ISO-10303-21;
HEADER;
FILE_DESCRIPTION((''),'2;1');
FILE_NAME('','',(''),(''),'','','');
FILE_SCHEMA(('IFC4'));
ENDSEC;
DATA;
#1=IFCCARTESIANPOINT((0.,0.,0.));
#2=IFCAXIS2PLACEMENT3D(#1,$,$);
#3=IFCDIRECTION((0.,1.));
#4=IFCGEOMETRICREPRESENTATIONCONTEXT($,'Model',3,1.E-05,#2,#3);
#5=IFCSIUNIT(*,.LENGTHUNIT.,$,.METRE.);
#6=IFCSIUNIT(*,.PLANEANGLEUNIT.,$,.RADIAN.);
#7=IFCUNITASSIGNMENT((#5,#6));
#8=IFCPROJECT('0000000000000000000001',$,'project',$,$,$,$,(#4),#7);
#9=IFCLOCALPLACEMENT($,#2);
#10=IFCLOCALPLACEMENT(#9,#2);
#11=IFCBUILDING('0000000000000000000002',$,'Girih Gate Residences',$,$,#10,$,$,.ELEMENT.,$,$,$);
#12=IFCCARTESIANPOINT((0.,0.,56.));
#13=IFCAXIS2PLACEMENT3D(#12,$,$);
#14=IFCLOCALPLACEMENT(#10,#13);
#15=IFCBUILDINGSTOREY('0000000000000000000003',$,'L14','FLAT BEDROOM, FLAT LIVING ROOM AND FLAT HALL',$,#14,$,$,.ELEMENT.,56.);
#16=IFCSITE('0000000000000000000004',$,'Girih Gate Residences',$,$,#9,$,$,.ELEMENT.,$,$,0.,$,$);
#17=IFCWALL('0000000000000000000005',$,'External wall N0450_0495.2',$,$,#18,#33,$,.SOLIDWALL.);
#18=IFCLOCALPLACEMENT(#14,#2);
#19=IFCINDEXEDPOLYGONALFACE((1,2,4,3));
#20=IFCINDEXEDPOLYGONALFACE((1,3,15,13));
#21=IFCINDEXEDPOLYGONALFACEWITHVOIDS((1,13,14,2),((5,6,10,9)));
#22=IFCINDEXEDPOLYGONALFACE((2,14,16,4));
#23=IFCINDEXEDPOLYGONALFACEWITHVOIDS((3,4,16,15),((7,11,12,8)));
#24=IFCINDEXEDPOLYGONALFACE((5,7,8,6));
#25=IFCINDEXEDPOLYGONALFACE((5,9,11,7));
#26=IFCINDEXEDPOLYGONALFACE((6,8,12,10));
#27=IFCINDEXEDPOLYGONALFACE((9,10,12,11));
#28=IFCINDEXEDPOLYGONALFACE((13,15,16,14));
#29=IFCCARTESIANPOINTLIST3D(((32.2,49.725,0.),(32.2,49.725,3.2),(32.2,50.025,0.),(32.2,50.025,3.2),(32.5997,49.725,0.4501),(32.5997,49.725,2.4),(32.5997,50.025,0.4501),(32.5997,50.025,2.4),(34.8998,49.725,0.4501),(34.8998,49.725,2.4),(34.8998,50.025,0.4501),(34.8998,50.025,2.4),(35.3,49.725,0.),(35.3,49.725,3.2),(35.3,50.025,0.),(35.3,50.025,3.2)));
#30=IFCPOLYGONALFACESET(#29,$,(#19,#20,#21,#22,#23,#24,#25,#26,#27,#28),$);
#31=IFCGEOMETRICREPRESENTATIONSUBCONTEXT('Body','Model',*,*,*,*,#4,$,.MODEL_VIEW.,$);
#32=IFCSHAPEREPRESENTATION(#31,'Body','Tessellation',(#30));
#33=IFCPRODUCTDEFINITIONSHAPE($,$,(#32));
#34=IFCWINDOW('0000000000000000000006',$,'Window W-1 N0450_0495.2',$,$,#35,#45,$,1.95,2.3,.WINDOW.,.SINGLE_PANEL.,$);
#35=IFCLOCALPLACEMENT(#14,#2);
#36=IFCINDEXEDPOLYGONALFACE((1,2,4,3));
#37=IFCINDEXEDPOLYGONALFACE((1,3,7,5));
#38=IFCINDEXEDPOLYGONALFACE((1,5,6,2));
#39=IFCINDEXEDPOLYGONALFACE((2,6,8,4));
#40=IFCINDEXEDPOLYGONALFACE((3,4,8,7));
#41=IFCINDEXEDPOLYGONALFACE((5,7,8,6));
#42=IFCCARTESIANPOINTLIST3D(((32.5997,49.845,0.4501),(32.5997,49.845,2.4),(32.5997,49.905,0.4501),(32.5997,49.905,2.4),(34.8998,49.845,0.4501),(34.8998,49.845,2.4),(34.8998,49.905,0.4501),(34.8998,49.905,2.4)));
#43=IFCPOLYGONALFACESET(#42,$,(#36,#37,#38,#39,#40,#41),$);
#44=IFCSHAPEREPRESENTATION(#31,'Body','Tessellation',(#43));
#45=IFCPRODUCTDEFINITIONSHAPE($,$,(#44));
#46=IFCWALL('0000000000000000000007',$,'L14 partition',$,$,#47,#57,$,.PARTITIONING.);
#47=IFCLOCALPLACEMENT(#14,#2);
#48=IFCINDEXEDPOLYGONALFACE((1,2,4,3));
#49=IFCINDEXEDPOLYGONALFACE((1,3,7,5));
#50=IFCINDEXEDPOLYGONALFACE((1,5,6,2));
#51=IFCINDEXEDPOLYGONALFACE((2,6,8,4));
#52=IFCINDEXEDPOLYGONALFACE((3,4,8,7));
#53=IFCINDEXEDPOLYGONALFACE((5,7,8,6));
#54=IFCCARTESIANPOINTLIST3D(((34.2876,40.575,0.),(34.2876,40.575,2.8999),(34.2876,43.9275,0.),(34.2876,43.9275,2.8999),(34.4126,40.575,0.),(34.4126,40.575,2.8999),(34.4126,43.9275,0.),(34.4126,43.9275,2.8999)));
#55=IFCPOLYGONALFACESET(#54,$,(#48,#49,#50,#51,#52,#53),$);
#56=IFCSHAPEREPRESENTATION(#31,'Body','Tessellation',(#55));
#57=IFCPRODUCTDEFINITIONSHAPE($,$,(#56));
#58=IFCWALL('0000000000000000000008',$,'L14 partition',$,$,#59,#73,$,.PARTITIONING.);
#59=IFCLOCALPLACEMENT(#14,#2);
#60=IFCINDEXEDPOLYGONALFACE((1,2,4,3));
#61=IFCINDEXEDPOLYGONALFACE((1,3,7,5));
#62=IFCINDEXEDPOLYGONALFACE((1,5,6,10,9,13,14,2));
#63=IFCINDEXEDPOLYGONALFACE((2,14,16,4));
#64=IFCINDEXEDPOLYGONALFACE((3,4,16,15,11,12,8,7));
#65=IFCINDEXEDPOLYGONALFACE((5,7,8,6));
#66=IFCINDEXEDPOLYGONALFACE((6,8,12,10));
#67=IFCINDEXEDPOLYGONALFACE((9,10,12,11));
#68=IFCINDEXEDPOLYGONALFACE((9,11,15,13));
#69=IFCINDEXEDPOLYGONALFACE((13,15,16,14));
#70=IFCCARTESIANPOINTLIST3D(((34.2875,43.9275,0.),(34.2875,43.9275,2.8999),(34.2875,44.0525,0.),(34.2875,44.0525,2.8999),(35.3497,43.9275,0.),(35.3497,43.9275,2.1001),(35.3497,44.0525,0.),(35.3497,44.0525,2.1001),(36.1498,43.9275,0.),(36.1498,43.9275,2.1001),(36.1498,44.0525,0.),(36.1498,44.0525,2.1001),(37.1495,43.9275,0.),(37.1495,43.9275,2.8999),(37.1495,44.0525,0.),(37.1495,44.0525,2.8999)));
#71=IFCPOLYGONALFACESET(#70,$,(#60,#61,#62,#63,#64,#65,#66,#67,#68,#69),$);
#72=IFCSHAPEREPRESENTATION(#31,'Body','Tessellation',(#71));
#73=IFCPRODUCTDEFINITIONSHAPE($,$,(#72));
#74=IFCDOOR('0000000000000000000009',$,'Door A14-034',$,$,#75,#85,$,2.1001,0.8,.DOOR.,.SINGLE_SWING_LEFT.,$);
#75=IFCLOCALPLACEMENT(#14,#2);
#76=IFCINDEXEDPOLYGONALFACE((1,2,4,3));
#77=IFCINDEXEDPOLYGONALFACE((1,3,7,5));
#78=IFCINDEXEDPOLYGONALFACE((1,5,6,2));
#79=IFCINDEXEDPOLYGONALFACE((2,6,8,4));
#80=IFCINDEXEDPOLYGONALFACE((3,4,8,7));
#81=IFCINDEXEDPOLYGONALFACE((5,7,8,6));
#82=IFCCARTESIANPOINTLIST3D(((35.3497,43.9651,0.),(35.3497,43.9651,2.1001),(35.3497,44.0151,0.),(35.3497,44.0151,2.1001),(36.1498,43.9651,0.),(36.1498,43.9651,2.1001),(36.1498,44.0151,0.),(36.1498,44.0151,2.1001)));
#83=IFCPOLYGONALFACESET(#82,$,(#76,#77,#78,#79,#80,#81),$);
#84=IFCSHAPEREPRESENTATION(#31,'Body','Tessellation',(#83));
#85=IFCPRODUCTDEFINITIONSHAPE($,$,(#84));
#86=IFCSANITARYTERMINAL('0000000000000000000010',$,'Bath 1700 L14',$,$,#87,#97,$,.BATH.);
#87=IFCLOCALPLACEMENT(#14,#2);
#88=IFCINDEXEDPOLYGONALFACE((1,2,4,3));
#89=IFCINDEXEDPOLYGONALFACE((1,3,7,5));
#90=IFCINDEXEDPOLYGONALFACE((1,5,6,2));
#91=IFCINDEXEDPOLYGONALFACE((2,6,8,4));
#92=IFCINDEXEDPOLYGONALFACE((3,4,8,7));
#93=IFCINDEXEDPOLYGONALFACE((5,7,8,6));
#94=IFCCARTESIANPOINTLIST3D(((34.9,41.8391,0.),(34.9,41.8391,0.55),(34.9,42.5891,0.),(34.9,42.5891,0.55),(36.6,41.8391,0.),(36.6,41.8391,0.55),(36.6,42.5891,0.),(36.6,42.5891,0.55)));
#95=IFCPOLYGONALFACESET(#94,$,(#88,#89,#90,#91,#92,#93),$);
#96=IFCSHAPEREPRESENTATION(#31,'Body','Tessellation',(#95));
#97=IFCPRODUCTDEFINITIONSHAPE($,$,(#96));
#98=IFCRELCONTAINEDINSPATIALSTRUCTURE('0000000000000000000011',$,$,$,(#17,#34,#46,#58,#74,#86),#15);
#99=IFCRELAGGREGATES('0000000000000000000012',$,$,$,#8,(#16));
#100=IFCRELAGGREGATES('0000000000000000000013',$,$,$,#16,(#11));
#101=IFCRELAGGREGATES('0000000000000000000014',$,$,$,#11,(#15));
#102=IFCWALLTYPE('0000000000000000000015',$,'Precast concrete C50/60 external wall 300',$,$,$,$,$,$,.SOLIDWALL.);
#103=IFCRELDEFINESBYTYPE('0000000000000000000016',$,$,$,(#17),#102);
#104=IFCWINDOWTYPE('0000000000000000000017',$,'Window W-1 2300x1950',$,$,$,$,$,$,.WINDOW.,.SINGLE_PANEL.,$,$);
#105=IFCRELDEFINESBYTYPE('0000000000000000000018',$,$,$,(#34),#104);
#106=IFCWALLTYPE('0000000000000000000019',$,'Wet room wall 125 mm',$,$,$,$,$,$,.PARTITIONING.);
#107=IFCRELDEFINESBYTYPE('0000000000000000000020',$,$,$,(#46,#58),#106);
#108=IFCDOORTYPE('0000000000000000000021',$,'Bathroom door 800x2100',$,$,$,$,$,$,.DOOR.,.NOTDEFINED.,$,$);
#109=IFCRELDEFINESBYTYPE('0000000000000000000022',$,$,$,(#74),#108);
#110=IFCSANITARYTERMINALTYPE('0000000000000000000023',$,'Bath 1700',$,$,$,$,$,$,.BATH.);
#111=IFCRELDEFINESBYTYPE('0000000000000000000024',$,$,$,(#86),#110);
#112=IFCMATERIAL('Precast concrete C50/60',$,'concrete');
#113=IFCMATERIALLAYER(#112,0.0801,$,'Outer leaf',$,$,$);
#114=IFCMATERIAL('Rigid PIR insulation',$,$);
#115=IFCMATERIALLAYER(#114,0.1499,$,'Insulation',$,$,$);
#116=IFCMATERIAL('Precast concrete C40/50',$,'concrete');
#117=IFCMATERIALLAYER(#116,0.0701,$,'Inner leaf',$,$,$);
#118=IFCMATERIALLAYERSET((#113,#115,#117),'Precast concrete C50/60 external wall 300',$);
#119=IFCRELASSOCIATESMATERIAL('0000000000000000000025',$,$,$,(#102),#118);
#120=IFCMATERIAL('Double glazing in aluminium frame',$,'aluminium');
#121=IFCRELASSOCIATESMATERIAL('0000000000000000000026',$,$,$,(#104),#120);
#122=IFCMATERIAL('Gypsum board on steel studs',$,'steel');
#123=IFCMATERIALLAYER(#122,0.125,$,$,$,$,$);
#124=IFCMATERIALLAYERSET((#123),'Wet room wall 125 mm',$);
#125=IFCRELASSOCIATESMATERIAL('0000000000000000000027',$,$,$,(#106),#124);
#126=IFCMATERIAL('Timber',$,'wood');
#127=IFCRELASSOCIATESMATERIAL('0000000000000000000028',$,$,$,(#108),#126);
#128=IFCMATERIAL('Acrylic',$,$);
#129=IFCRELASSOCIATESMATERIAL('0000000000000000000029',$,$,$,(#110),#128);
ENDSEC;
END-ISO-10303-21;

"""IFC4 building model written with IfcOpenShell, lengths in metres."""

from ifc_helpers import new_model, si_unit, direction, frame, frame_2d, origin, origin_2d, place, context, subcontext, project, spatial, rectangle, extrude, material, layer, layer_set, type_object, element, fill, save


model = new_model("IFC4")

# Units and contexts
model_context = context("Model", 3, precision=1e-05, world=origin(), true_north=direction((0.0, 1.0)))
body_context = subcontext(model_context, "Body", "Model", "MODEL_VIEW")
ifc_project = project(units=[si_unit("LENGTHUNIT", "METRE"), si_unit("PLANEANGLEUNIT", "RADIAN")], contexts=[model_context])

# Site, building, storey
site_placement = place(None, origin())
site = spatial("IfcSite", under=ifc_project, at=site_placement, Name="Girih Gate Residences", CompositionType="ELEMENT", RefElevation=0.0)
building_placement = place(site_placement, origin())
building = spatial("IfcBuilding", under=site, at=building_placement, Name="Girih Gate Residences", CompositionType="ELEMENT")
storey_placement = place(building_placement, frame((0.0, 0.0, 56.0)))
storey = spatial("IfcBuildingStorey", under=building, at=storey_placement, Name="L14", Description="FLAT BEDROOM, FLAT LIVING ROOM AND FLAT HALL", CompositionType="ELEMENT", Elevation=56.0)

# Shared definitions
ifc_material_1 = material(Name="Gypsum board on steel studs", Category="steel")
ifc_material_2 = material(Name="Timber", Category="wood")

# Wall, opening, window
ifc_material_3 = material(Name="Precast concrete C50/60", Category="concrete")
ifc_layer_1 = layer(ifc_material_3, 0.0801, Name="Outer leaf")
ifc_material_4 = material(Name="Rigid PIR insulation")
ifc_layer_2 = layer(ifc_material_4, 0.1499, Name="Insulation")
ifc_material_5 = material(Name="Precast concrete C40/50", Category="concrete")
ifc_layer_3 = layer(ifc_material_5, 0.0701, Name="Inner leaf")
ifc_layer_set_1 = layer_set([ifc_layer_1, ifc_layer_2, ifc_layer_3], Name="Precast concrete C50/60 external wall 300")
wall_type_1 = type_object("IfcWallType", Name="Precast concrete C50/60 external wall 300", PredefinedType="SOLIDWALL", material=ifc_layer_set_1)
ifc_material_6 = material(Name="Double glazing in aluminium frame", Category="aluminium")
window_type = type_object("IfcWindowType", Name="Window W-1 2300x1950", PartitioningType="SINGLE_PANEL", PredefinedType="WINDOW", material=ifc_material_6)
wall_1_placement = place(storey_placement, frame((32.2, 49.875, 0.0), z_axis=(0.0, 0.0, 1.0), x_axis=(1.0, 0.0, 0.0)))
wall_1 = element("IfcWall", 1, at=wall_1_placement, inside=storey, type_object=wall_type_1, Name="External wall N0450_0495.2", PredefinedType="SOLIDWALL", context=body_context, shape_type="SweptSolid", body=[
    extrude(rectangle(XDim=3.1001, YDim=0.3, at=frame_2d((1.55, 0.0))), origin(), (0.0, 0.0, 1.0), 3.2),
])
opening_1_placement = place(wall_1_placement, frame((0.3999, 0.0, 0.45)))
opening_1 = element("IfcOpeningElement", 2, at=opening_1_placement, cuts=wall_1, PredefinedType="OPENING", context=body_context, shape_type="SweptSolid", body=[
    extrude(rectangle(XDim=2.3, YDim=1.95, at=frame_2d((1.1499, 0.9751))), frame((0.0, 0.1599, 0.0), z_axis=(0.0, -1.0, 0.0), x_axis=(1.0, 0.0, 0.0)), (0.0, 0.0, 1.0), 0.3201),
])
window_1_placement = place(opening_1_placement, origin())
window_1 = element("IfcWindow", 3, at=window_1_placement, inside=storey, type_object=window_type, Name="Window W-1 N0450_0495.2", OverallHeight=1.95, OverallWidth=2.3, PartitioningType="SINGLE_PANEL", PredefinedType="WINDOW", context=body_context, shape_type="SweptSolid", body=[
    extrude(rectangle(XDim=2.3, YDim=1.95, at=frame_2d((1.1499, 0.9751))), frame((0.0, 0.03, 0.0), z_axis=(0.0, -1.0, 0.0), x_axis=(1.0, 0.0, 0.0)), (0.0, 0.0, 1.0), 0.0601),
])
fill(opening_1, window_1)

# Wall
ifc_layer_4 = layer(ifc_material_1, 0.125)
ifc_layer_set_2 = layer_set([ifc_layer_4], Name="Wet room wall 125 mm")
wall_type_2 = type_object("IfcWallType", Name="Wet room wall 125 mm", PredefinedType="PARTITIONING", material=ifc_layer_set_2)
wall_2_placement = place(storey_placement, frame((34.3501, 40.575, 0.0), z_axis=(0.0, 0.0, 1.0), x_axis=(0.0, 1.0, 0.0)))
element("IfcWall", 4, at=wall_2_placement, inside=storey, type_object=wall_type_2, Name="L14 partition", PredefinedType="PARTITIONING", context=body_context, shape_type="SweptSolid", body=[
    extrude(rectangle(XDim=3.3525, YDim=0.125, at=frame_2d((1.6763, 0.0))), origin(), (0.0, 0.0, 1.0), 2.8999),
])

# Wall, opening, door
wall_3_placement = place(storey_placement, frame((37.1497, 43.99, 0.0), z_axis=(0.0, 0.0, 1.0), x_axis=(-1.0, 0.0, 0.0)))
wall_3 = element("IfcWall", 5, at=wall_3_placement, inside=storey, type_object=wall_type_2, Name="L14 partition", PredefinedType="PARTITIONING", context=body_context, shape_type="SweptSolid", body=[
    extrude(rectangle(XDim=2.8621, YDim=0.125, at=frame_2d((1.4312, 0.0))), origin(), (0.0, 0.0, 1.0), 2.8999),
])
opening_2_placement = place(wall_3_placement, frame((1.0, 0.0, 0.0)))
opening_2 = element("IfcOpeningElement", 6, at=opening_2_placement, cuts=wall_3, PredefinedType="OPENING", context=body_context, shape_type="SweptSolid", body=[
    extrude(rectangle(XDim=0.8, YDim=2.1001, at=frame_2d((0.3999, 1.05))), frame((0.0, 0.0725, 0.0), z_axis=(0.0, -1.0, 0.0), x_axis=(1.0, 0.0, 0.0)), (0.0, 0.0, 1.0), 0.145),
])
door_type_1 = type_object("IfcDoorType", Name="Bathroom door 800x2100", OperationType="NOTDEFINED", PredefinedType="DOOR", material=ifc_material_2)
door_1_placement = place(opening_2_placement, origin())
door_1 = element("IfcDoor", 7, at=door_1_placement, inside=storey, type_object=door_type_1, Name="Door A14-034", OperationType="SINGLE_SWING_LEFT", OverallHeight=2.1001, OverallWidth=0.8, PredefinedType="DOOR", context=body_context, shape_type="SweptSolid", body=[
    extrude(rectangle(XDim=0.8, YDim=2.1001, at=frame_2d((0.3999, 1.05))), frame((0.0, 0.0249, 0.0), z_axis=(0.0, -1.0, 0.0), x_axis=(1.0, 0.0, 0.0)), (0.0, 0.0, 1.0), 0.05),
])
fill(opening_2, door_1)

# Sanitary terminal
ifc_material_7 = material(Name="Acrylic")
sanitary_terminal_type = type_object("IfcSanitaryTerminalType", Name="Bath 1700", PredefinedType="BATH", material=ifc_material_7)
sanitary_terminal_placement = place(storey_placement, frame((35.75, 42.2141, 0.0), z_axis=(0.0, 0.0, 1.0), x_axis=(1.0, 0.0, 0.0)))
element("IfcSanitaryTerminal", 8, at=sanitary_terminal_placement, inside=storey, type_object=sanitary_terminal_type, Name="Bath 1700 L14", PredefinedType="BATH", context=body_context, shape_type="SweptSolid", body=[
    extrude(rectangle(XDim=1.7, YDim=0.75, at=origin_2d()), origin(), (0.0, 0.0, 1.0), 0.55),
])

save(model, "model.ifc")
